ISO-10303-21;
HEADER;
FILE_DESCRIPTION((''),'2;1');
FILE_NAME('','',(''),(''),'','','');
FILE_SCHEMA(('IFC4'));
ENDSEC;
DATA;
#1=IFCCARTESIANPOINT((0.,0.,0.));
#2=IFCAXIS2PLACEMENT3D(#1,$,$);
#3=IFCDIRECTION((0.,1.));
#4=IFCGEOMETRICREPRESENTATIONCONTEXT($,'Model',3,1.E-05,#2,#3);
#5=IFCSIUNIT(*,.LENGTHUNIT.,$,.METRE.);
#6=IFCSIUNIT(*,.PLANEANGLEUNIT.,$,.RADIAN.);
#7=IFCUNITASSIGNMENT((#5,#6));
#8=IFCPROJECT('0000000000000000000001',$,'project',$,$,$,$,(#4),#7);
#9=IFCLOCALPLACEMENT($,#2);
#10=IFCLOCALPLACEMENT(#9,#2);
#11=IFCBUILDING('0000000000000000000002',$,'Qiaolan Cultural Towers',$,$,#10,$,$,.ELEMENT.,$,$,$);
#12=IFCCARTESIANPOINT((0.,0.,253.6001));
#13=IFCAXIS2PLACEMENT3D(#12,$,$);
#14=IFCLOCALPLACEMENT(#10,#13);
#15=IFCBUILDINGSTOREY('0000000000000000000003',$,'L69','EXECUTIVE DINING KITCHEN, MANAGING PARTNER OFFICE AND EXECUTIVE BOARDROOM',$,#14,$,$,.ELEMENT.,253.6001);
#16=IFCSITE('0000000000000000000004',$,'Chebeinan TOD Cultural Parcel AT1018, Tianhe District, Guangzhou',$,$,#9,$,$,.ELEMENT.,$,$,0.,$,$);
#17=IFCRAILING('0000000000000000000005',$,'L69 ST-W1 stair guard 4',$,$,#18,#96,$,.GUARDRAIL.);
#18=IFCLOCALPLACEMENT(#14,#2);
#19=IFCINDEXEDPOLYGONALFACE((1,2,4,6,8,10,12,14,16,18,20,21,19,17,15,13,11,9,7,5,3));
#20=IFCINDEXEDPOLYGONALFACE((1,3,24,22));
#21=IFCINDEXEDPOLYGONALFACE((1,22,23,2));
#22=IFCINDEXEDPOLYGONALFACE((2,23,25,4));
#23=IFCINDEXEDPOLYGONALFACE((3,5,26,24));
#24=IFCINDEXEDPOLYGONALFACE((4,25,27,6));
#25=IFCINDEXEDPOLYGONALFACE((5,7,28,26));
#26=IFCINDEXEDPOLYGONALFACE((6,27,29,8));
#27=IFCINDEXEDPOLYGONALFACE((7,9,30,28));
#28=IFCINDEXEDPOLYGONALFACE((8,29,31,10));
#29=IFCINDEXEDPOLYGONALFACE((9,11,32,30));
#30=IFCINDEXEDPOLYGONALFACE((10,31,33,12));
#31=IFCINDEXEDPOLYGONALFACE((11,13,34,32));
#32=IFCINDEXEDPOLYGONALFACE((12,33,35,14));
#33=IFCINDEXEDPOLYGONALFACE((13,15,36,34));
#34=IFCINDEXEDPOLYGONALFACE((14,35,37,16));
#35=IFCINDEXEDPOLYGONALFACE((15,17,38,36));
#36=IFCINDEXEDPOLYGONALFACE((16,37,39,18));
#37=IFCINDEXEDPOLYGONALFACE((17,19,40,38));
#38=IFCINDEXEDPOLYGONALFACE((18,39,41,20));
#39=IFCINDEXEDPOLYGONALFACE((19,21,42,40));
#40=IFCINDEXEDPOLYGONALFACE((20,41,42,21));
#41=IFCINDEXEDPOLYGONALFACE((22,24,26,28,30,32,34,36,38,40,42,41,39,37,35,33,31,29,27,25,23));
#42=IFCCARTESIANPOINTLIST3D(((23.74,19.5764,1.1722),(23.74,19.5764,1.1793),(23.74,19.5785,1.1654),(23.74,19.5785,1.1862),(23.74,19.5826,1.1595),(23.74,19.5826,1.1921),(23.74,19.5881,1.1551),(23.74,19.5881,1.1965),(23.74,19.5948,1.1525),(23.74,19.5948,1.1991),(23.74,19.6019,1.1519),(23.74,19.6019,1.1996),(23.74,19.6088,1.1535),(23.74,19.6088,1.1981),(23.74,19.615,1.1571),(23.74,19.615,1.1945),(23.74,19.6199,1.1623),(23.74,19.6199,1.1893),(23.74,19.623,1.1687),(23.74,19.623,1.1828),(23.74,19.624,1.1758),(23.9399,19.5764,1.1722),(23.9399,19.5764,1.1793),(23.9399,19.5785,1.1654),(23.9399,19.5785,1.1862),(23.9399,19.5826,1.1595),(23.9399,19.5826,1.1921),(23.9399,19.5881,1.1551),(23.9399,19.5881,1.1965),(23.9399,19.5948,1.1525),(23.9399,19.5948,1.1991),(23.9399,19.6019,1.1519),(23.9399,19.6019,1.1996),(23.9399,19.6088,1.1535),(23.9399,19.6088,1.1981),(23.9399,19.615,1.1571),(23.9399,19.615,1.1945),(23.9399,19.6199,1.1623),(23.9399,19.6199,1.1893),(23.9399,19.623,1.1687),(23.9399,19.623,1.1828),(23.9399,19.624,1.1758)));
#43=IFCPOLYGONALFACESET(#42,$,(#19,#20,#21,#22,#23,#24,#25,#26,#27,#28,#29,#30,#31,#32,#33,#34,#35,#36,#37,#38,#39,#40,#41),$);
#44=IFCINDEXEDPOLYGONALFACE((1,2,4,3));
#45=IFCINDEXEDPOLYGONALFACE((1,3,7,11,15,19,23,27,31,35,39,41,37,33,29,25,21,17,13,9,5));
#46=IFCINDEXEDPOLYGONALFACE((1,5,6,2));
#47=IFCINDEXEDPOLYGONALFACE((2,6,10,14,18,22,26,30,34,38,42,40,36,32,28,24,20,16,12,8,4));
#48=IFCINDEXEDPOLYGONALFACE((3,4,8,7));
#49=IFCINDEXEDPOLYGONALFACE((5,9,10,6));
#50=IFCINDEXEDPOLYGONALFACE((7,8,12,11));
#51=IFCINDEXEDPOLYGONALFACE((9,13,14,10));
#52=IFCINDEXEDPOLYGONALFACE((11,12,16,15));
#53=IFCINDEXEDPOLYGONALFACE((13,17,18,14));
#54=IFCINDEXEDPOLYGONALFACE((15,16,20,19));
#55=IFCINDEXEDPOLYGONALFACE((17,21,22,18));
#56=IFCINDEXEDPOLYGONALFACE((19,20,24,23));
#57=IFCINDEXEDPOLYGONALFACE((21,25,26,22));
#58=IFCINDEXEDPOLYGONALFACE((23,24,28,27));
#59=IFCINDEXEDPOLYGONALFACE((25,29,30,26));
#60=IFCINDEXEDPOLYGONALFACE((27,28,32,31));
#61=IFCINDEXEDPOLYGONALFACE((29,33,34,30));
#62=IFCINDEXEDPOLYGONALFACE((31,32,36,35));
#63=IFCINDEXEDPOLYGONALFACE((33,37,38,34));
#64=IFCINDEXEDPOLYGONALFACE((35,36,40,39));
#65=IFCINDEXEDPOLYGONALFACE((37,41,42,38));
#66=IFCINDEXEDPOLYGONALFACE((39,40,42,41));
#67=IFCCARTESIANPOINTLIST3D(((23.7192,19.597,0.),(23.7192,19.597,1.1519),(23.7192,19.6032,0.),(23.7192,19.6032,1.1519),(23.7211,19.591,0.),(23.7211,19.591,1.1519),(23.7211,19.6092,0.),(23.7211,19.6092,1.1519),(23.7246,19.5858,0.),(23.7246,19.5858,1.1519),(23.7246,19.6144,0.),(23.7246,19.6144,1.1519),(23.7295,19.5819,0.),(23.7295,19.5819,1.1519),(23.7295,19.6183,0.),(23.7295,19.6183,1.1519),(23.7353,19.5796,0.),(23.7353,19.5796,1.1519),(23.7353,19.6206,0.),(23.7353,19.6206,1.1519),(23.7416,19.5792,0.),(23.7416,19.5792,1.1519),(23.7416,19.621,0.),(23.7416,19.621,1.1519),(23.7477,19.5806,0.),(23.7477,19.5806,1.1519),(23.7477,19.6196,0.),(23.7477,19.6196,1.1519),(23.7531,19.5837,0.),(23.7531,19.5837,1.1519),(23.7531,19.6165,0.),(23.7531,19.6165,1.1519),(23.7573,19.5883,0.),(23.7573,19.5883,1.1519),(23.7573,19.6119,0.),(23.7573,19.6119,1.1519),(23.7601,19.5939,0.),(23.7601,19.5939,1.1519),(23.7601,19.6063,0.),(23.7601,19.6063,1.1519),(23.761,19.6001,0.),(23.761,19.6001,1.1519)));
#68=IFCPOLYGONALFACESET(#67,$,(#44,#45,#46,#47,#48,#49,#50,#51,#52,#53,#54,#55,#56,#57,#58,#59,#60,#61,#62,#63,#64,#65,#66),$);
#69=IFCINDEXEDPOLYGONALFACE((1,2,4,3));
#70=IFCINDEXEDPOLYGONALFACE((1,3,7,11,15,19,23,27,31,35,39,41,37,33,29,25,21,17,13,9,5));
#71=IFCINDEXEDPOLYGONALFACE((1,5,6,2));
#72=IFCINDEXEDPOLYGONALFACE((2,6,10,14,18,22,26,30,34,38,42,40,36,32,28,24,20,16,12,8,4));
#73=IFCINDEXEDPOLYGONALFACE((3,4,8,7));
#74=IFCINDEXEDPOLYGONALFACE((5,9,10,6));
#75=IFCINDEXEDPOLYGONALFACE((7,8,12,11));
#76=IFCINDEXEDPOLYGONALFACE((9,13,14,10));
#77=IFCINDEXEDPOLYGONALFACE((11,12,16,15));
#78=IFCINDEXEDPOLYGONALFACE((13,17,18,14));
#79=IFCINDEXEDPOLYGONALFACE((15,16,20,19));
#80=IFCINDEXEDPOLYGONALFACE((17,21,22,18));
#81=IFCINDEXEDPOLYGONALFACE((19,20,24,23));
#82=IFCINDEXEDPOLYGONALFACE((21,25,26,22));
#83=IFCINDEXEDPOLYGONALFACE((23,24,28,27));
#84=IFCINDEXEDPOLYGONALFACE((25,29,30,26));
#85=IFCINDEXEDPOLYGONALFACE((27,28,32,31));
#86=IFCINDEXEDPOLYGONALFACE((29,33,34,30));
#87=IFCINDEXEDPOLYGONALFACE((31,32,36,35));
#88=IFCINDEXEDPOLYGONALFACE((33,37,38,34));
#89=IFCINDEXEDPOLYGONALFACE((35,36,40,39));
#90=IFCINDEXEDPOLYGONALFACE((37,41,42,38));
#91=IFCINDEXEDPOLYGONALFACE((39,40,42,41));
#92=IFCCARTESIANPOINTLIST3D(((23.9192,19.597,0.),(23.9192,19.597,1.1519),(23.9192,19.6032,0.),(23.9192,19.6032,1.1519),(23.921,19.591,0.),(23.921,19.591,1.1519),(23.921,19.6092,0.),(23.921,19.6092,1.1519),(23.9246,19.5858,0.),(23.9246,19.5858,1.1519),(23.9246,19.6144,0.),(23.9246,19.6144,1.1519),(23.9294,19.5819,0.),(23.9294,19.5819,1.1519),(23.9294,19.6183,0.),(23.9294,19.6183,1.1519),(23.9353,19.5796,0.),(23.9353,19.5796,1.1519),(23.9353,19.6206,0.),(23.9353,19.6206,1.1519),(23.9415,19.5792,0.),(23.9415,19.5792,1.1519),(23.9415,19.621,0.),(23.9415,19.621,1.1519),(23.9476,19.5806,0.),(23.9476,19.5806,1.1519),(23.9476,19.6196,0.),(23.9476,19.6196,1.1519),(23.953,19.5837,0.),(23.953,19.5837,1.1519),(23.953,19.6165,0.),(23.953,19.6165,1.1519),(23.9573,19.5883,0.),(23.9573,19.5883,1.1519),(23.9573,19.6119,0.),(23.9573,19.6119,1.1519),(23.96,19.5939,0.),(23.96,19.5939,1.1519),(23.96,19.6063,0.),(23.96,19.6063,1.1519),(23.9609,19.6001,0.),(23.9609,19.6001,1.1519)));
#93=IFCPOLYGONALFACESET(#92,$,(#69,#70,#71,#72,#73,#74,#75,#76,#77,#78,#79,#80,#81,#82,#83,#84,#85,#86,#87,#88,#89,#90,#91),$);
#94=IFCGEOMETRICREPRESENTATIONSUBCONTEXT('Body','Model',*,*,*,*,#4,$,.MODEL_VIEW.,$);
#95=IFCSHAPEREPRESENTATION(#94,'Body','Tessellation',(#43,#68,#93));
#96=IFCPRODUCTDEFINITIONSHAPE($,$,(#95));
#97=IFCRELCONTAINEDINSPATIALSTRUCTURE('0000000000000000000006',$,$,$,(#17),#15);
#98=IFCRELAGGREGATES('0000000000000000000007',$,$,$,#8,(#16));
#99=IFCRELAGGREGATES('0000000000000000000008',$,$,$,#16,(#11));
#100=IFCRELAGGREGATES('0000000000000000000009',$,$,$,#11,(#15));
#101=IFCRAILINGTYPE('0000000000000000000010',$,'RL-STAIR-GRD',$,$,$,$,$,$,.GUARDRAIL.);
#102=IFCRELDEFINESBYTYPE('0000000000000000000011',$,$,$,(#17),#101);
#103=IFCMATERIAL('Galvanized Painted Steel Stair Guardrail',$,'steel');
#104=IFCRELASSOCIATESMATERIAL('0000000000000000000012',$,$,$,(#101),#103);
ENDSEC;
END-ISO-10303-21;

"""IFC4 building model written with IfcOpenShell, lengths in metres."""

from ifc_helpers import new_model, si_unit, direction, frame, origin, origin_2d, place, context, subcontext, project, spatial, circle, extrude, material, type_object, element, save


model = new_model("IFC4")

# Units and contexts
model_context = context("Model", 3, precision=1e-05, world=origin(), true_north=direction((0.0, 1.0)))
body_context = subcontext(model_context, "Body", "Model", "MODEL_VIEW")
ifc_project = project(units=[si_unit("LENGTHUNIT", "METRE"), si_unit("PLANEANGLEUNIT", "RADIAN")], contexts=[model_context])

# Site, building, storey
site_placement = place(None, origin())
site = spatial("IfcSite", under=ifc_project, at=site_placement, Name="Chebeinan TOD Cultural Parcel AT1018, Tianhe District, Guangzhou", CompositionType="ELEMENT", RefElevation=0.0)
building_placement = place(site_placement, origin())
building = spatial("IfcBuilding", under=site, at=building_placement, Name="Qiaolan Cultural Towers", CompositionType="ELEMENT")
storey_placement = place(building_placement, frame((0.0, 0.0, 253.6001)))
storey = spatial("IfcBuildingStorey", under=building, at=storey_placement, Name="L69", Description="EXECUTIVE DINING KITCHEN, MANAGING PARTNER OFFICE AND EXECUTIVE BOARDROOM", CompositionType="ELEMENT", Elevation=253.6001)

# Railing
ifc_material_1 = material(Name="Galvanized Painted Steel Stair Guardrail", Category="steel")
railing_type_1 = type_object("IfcRailingType", Name="RL-STAIR-GRD", PredefinedType="GUARDRAIL", material=ifc_material_1)
railing_1_placement = place(storey_placement, frame((23.74, 19.6001, 0.0)))
element("IfcRailing", 1, at=railing_1_placement, inside=storey, type_object=railing_type_1, Name="L69 ST-W1 stair guard 4", PredefinedType="GUARDRAIL", context=body_context, shape_type="SweptSolid", body=[
    extrude(circle(Radius=0.0239, at=origin_2d()), frame((0.0, 0.0, 1.1758), z_axis=(1.0, 0.0, 0.0), x_axis=(0.0, 1.0, 0.0)), (0.0, 0.0, 1.0), 0.2),
    extrude(circle(Radius=0.021, at=origin_2d()), origin(), (0.0, 0.0, 1.0), 1.1519),
    extrude(circle(Radius=0.021, at=origin_2d()), frame((0.2, 0.0, 0.0)), (0.0, 0.0, 1.0), 1.1519),
])

save(model, "model.ifc")
